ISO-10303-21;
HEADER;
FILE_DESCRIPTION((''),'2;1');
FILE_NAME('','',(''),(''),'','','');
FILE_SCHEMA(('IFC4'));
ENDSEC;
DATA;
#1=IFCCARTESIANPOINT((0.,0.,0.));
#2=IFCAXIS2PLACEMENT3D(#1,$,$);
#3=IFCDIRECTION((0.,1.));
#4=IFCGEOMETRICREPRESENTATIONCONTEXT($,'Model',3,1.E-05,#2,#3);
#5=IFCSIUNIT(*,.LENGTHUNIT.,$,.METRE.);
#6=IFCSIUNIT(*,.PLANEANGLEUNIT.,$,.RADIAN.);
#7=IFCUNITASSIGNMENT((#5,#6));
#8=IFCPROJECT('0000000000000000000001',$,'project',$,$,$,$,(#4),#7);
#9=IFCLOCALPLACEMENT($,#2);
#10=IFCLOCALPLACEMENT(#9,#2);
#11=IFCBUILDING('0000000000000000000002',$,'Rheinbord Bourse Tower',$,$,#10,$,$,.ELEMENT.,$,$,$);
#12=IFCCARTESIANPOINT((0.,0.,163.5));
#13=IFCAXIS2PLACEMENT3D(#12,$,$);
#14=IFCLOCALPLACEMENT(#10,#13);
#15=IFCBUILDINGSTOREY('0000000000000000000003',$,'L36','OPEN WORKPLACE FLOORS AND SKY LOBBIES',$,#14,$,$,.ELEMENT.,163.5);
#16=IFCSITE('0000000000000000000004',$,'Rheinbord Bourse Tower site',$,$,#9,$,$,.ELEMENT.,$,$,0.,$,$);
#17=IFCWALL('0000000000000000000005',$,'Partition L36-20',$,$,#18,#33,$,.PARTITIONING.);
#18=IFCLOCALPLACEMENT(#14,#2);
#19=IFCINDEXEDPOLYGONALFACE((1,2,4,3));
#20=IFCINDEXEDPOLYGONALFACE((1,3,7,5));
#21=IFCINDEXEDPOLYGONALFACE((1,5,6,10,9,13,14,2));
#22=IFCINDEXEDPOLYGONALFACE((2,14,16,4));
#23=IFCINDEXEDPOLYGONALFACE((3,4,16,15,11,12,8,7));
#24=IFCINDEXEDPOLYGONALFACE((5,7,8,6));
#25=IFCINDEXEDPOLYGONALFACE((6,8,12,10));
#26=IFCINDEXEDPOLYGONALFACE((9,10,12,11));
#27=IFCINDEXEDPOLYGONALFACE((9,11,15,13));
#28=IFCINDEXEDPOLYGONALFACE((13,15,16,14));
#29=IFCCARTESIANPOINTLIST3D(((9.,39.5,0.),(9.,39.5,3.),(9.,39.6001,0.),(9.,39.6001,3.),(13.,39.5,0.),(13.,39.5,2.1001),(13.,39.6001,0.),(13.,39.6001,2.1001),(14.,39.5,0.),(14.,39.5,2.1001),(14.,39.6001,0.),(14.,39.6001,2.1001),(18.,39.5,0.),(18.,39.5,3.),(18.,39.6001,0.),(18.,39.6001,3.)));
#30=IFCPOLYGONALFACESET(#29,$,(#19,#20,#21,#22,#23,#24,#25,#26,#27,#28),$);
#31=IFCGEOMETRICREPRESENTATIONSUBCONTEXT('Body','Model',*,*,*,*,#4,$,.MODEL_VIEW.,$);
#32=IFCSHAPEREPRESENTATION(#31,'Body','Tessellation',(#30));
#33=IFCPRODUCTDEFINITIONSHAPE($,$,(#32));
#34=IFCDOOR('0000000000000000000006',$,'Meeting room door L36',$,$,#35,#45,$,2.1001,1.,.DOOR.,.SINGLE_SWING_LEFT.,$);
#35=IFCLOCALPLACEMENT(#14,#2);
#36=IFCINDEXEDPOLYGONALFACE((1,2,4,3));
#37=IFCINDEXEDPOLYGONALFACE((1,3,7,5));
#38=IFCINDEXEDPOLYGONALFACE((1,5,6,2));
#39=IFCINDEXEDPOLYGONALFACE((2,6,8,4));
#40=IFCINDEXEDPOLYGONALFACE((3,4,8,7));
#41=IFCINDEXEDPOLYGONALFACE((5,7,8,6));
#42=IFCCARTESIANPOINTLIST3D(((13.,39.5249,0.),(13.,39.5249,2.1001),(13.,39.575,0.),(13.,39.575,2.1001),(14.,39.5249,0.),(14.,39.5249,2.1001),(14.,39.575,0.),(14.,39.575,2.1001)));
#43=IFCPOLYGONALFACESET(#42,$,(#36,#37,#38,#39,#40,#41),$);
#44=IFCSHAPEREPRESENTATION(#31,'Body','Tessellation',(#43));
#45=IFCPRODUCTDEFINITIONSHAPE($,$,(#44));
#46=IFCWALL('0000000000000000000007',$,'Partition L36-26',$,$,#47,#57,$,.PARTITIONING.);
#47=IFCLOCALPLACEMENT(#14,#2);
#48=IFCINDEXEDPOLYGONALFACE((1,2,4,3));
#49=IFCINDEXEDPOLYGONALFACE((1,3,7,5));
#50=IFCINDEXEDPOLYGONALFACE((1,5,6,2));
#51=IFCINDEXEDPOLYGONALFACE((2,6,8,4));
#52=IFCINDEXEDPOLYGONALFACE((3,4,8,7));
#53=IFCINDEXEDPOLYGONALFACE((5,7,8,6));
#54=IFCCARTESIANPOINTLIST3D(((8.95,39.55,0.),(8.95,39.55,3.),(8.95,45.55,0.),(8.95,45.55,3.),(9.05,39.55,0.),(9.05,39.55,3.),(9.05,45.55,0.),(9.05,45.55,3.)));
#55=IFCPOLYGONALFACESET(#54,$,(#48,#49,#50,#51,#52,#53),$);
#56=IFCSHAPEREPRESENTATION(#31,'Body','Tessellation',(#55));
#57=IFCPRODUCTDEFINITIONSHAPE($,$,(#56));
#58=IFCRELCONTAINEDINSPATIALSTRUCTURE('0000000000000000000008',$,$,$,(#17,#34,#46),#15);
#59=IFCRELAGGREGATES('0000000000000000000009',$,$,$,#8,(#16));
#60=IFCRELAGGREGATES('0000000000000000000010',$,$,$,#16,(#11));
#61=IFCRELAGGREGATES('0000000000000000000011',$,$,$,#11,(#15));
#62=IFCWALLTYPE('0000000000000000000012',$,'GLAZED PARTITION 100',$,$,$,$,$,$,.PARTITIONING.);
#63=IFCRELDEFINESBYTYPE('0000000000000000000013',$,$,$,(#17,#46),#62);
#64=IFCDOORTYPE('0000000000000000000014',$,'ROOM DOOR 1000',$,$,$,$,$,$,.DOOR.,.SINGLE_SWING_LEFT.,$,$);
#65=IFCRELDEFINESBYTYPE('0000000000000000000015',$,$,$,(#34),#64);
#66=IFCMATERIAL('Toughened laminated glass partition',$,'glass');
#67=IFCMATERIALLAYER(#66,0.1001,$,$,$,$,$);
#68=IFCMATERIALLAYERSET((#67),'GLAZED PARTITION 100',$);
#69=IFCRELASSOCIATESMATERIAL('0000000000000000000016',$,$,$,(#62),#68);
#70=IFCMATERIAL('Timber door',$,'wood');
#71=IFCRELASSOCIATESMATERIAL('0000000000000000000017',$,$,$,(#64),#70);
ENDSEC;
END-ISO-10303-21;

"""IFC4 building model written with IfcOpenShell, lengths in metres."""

from ifc_helpers import new_model, si_unit, direction, frame, frame_2d, origin, place, context, subcontext, project, spatial, rectangle, extrude, material, layer, layer_set, type_object, element, fill, save


model = new_model("IFC4")

# Units and contexts
model_context = context("Model", 3, precision=1e-05, world=origin(), true_north=direction((0.0, 1.0)))
body_context = subcontext(model_context, "Body", "Model", "MODEL_VIEW")
ifc_project = project(units=[si_unit("LENGTHUNIT", "METRE"), si_unit("PLANEANGLEUNIT", "RADIAN")], contexts=[model_context])

# Site, building, storey
site_placement = place(None, origin())
site = spatial("IfcSite", under=ifc_project, at=site_placement, Name="Rheinbord Bourse Tower site", CompositionType="ELEMENT", RefElevation=0.0)
building_placement = place(site_placement, origin())
building = spatial("IfcBuilding", under=site, at=building_placement, Name="Rheinbord Bourse Tower", CompositionType="ELEMENT")
storey_placement = place(building_placement, frame((0.0, 0.0, 163.5)))
storey = spatial("IfcBuildingStorey", under=building, at=storey_placement, Name="L36", Description="OPEN WORKPLACE FLOORS AND SKY LOBBIES", CompositionType="ELEMENT", Elevation=163.5)

# Wall, opening, door
ifc_material_1 = material(Name="Toughened laminated glass partition", Category="glass")
ifc_layer_1 = layer(ifc_material_1, 0.1001)
ifc_layer_set_1 = layer_set([ifc_layer_1], Name="GLAZED PARTITION 100")
wall_type_1 = type_object("IfcWallType", Name="GLAZED PARTITION 100", PredefinedType="PARTITIONING", material=ifc_layer_set_1)
wall_1_placement = place(storey_placement, frame((9.0, 39.55, 0.0), z_axis=(0.0, 0.0, 1.0), x_axis=(1.0, 0.0, 0.0)))
wall_1 = element("IfcWall", 1, at=wall_1_placement, inside=storey, type_object=wall_type_1, Name="Partition L36-20", PredefinedType="PARTITIONING", context=body_context, shape_type="SweptSolid", body=[
    extrude(rectangle(XDim=9.0, YDim=0.1001, at=frame_2d((4.5, 0.0))), origin(), (0.0, 0.0, 1.0), 3.0),
])
opening_placement = place(wall_1_placement, frame((4.0, 0.0, 0.0)))
opening = element("IfcOpeningElement", 2, at=opening_placement, cuts=wall_1, PredefinedType="OPENING", context=body_context, shape_type="SweptSolid", body=[
    extrude(rectangle(XDim=1.0, YDim=2.1001, at=frame_2d((0.5, 1.05))), frame((0.0, 0.0601, 0.0), z_axis=(0.0, -1.0, 0.0), x_axis=(1.0, 0.0, 0.0)), (0.0, 0.0, 1.0), 0.1201),
])
ifc_material_2 = material(Name="Timber door", Category="wood")
door_type = type_object("IfcDoorType", Name="ROOM DOOR 1000", OperationType="SINGLE_SWING_LEFT", PredefinedType="DOOR", material=ifc_material_2)
door_placement = place(opening_placement, origin())
door = element("IfcDoor", 3, at=door_placement, inside=storey, type_object=door_type, Name="Meeting room door L36", OperationType="SINGLE_SWING_LEFT", OverallHeight=2.1001, OverallWidth=1.0, PredefinedType="DOOR", context=body_context, shape_type="SweptSolid", body=[
    extrude(rectangle(XDim=1.0, YDim=2.1001, at=frame_2d((0.5, 1.05))), frame((0.0, 0.0249, 0.0), z_axis=(0.0, -1.0, 0.0), x_axis=(1.0, 0.0, 0.0)), (0.0, 0.0, 1.0), 0.05),
])
fill(opening, door)

# Wall
wall_2_placement = place(storey_placement, frame((9.0, 39.55, 0.0), z_axis=(0.0, 0.0, 1.0), x_axis=(0.0, 1.0, 0.0)))
element("IfcWall", 4, at=wall_2_placement, inside=storey, type_object=wall_type_1, Name="Partition L36-26", PredefinedType="PARTITIONING", context=body_context, shape_type="SweptSolid", body=[
    extrude(rectangle(XDim=6.0, YDim=0.1001, at=frame_2d((3.0, 0.0))), origin(), (0.0, 0.0, 1.0), 3.0),
])

save(model, "model.ifc")
